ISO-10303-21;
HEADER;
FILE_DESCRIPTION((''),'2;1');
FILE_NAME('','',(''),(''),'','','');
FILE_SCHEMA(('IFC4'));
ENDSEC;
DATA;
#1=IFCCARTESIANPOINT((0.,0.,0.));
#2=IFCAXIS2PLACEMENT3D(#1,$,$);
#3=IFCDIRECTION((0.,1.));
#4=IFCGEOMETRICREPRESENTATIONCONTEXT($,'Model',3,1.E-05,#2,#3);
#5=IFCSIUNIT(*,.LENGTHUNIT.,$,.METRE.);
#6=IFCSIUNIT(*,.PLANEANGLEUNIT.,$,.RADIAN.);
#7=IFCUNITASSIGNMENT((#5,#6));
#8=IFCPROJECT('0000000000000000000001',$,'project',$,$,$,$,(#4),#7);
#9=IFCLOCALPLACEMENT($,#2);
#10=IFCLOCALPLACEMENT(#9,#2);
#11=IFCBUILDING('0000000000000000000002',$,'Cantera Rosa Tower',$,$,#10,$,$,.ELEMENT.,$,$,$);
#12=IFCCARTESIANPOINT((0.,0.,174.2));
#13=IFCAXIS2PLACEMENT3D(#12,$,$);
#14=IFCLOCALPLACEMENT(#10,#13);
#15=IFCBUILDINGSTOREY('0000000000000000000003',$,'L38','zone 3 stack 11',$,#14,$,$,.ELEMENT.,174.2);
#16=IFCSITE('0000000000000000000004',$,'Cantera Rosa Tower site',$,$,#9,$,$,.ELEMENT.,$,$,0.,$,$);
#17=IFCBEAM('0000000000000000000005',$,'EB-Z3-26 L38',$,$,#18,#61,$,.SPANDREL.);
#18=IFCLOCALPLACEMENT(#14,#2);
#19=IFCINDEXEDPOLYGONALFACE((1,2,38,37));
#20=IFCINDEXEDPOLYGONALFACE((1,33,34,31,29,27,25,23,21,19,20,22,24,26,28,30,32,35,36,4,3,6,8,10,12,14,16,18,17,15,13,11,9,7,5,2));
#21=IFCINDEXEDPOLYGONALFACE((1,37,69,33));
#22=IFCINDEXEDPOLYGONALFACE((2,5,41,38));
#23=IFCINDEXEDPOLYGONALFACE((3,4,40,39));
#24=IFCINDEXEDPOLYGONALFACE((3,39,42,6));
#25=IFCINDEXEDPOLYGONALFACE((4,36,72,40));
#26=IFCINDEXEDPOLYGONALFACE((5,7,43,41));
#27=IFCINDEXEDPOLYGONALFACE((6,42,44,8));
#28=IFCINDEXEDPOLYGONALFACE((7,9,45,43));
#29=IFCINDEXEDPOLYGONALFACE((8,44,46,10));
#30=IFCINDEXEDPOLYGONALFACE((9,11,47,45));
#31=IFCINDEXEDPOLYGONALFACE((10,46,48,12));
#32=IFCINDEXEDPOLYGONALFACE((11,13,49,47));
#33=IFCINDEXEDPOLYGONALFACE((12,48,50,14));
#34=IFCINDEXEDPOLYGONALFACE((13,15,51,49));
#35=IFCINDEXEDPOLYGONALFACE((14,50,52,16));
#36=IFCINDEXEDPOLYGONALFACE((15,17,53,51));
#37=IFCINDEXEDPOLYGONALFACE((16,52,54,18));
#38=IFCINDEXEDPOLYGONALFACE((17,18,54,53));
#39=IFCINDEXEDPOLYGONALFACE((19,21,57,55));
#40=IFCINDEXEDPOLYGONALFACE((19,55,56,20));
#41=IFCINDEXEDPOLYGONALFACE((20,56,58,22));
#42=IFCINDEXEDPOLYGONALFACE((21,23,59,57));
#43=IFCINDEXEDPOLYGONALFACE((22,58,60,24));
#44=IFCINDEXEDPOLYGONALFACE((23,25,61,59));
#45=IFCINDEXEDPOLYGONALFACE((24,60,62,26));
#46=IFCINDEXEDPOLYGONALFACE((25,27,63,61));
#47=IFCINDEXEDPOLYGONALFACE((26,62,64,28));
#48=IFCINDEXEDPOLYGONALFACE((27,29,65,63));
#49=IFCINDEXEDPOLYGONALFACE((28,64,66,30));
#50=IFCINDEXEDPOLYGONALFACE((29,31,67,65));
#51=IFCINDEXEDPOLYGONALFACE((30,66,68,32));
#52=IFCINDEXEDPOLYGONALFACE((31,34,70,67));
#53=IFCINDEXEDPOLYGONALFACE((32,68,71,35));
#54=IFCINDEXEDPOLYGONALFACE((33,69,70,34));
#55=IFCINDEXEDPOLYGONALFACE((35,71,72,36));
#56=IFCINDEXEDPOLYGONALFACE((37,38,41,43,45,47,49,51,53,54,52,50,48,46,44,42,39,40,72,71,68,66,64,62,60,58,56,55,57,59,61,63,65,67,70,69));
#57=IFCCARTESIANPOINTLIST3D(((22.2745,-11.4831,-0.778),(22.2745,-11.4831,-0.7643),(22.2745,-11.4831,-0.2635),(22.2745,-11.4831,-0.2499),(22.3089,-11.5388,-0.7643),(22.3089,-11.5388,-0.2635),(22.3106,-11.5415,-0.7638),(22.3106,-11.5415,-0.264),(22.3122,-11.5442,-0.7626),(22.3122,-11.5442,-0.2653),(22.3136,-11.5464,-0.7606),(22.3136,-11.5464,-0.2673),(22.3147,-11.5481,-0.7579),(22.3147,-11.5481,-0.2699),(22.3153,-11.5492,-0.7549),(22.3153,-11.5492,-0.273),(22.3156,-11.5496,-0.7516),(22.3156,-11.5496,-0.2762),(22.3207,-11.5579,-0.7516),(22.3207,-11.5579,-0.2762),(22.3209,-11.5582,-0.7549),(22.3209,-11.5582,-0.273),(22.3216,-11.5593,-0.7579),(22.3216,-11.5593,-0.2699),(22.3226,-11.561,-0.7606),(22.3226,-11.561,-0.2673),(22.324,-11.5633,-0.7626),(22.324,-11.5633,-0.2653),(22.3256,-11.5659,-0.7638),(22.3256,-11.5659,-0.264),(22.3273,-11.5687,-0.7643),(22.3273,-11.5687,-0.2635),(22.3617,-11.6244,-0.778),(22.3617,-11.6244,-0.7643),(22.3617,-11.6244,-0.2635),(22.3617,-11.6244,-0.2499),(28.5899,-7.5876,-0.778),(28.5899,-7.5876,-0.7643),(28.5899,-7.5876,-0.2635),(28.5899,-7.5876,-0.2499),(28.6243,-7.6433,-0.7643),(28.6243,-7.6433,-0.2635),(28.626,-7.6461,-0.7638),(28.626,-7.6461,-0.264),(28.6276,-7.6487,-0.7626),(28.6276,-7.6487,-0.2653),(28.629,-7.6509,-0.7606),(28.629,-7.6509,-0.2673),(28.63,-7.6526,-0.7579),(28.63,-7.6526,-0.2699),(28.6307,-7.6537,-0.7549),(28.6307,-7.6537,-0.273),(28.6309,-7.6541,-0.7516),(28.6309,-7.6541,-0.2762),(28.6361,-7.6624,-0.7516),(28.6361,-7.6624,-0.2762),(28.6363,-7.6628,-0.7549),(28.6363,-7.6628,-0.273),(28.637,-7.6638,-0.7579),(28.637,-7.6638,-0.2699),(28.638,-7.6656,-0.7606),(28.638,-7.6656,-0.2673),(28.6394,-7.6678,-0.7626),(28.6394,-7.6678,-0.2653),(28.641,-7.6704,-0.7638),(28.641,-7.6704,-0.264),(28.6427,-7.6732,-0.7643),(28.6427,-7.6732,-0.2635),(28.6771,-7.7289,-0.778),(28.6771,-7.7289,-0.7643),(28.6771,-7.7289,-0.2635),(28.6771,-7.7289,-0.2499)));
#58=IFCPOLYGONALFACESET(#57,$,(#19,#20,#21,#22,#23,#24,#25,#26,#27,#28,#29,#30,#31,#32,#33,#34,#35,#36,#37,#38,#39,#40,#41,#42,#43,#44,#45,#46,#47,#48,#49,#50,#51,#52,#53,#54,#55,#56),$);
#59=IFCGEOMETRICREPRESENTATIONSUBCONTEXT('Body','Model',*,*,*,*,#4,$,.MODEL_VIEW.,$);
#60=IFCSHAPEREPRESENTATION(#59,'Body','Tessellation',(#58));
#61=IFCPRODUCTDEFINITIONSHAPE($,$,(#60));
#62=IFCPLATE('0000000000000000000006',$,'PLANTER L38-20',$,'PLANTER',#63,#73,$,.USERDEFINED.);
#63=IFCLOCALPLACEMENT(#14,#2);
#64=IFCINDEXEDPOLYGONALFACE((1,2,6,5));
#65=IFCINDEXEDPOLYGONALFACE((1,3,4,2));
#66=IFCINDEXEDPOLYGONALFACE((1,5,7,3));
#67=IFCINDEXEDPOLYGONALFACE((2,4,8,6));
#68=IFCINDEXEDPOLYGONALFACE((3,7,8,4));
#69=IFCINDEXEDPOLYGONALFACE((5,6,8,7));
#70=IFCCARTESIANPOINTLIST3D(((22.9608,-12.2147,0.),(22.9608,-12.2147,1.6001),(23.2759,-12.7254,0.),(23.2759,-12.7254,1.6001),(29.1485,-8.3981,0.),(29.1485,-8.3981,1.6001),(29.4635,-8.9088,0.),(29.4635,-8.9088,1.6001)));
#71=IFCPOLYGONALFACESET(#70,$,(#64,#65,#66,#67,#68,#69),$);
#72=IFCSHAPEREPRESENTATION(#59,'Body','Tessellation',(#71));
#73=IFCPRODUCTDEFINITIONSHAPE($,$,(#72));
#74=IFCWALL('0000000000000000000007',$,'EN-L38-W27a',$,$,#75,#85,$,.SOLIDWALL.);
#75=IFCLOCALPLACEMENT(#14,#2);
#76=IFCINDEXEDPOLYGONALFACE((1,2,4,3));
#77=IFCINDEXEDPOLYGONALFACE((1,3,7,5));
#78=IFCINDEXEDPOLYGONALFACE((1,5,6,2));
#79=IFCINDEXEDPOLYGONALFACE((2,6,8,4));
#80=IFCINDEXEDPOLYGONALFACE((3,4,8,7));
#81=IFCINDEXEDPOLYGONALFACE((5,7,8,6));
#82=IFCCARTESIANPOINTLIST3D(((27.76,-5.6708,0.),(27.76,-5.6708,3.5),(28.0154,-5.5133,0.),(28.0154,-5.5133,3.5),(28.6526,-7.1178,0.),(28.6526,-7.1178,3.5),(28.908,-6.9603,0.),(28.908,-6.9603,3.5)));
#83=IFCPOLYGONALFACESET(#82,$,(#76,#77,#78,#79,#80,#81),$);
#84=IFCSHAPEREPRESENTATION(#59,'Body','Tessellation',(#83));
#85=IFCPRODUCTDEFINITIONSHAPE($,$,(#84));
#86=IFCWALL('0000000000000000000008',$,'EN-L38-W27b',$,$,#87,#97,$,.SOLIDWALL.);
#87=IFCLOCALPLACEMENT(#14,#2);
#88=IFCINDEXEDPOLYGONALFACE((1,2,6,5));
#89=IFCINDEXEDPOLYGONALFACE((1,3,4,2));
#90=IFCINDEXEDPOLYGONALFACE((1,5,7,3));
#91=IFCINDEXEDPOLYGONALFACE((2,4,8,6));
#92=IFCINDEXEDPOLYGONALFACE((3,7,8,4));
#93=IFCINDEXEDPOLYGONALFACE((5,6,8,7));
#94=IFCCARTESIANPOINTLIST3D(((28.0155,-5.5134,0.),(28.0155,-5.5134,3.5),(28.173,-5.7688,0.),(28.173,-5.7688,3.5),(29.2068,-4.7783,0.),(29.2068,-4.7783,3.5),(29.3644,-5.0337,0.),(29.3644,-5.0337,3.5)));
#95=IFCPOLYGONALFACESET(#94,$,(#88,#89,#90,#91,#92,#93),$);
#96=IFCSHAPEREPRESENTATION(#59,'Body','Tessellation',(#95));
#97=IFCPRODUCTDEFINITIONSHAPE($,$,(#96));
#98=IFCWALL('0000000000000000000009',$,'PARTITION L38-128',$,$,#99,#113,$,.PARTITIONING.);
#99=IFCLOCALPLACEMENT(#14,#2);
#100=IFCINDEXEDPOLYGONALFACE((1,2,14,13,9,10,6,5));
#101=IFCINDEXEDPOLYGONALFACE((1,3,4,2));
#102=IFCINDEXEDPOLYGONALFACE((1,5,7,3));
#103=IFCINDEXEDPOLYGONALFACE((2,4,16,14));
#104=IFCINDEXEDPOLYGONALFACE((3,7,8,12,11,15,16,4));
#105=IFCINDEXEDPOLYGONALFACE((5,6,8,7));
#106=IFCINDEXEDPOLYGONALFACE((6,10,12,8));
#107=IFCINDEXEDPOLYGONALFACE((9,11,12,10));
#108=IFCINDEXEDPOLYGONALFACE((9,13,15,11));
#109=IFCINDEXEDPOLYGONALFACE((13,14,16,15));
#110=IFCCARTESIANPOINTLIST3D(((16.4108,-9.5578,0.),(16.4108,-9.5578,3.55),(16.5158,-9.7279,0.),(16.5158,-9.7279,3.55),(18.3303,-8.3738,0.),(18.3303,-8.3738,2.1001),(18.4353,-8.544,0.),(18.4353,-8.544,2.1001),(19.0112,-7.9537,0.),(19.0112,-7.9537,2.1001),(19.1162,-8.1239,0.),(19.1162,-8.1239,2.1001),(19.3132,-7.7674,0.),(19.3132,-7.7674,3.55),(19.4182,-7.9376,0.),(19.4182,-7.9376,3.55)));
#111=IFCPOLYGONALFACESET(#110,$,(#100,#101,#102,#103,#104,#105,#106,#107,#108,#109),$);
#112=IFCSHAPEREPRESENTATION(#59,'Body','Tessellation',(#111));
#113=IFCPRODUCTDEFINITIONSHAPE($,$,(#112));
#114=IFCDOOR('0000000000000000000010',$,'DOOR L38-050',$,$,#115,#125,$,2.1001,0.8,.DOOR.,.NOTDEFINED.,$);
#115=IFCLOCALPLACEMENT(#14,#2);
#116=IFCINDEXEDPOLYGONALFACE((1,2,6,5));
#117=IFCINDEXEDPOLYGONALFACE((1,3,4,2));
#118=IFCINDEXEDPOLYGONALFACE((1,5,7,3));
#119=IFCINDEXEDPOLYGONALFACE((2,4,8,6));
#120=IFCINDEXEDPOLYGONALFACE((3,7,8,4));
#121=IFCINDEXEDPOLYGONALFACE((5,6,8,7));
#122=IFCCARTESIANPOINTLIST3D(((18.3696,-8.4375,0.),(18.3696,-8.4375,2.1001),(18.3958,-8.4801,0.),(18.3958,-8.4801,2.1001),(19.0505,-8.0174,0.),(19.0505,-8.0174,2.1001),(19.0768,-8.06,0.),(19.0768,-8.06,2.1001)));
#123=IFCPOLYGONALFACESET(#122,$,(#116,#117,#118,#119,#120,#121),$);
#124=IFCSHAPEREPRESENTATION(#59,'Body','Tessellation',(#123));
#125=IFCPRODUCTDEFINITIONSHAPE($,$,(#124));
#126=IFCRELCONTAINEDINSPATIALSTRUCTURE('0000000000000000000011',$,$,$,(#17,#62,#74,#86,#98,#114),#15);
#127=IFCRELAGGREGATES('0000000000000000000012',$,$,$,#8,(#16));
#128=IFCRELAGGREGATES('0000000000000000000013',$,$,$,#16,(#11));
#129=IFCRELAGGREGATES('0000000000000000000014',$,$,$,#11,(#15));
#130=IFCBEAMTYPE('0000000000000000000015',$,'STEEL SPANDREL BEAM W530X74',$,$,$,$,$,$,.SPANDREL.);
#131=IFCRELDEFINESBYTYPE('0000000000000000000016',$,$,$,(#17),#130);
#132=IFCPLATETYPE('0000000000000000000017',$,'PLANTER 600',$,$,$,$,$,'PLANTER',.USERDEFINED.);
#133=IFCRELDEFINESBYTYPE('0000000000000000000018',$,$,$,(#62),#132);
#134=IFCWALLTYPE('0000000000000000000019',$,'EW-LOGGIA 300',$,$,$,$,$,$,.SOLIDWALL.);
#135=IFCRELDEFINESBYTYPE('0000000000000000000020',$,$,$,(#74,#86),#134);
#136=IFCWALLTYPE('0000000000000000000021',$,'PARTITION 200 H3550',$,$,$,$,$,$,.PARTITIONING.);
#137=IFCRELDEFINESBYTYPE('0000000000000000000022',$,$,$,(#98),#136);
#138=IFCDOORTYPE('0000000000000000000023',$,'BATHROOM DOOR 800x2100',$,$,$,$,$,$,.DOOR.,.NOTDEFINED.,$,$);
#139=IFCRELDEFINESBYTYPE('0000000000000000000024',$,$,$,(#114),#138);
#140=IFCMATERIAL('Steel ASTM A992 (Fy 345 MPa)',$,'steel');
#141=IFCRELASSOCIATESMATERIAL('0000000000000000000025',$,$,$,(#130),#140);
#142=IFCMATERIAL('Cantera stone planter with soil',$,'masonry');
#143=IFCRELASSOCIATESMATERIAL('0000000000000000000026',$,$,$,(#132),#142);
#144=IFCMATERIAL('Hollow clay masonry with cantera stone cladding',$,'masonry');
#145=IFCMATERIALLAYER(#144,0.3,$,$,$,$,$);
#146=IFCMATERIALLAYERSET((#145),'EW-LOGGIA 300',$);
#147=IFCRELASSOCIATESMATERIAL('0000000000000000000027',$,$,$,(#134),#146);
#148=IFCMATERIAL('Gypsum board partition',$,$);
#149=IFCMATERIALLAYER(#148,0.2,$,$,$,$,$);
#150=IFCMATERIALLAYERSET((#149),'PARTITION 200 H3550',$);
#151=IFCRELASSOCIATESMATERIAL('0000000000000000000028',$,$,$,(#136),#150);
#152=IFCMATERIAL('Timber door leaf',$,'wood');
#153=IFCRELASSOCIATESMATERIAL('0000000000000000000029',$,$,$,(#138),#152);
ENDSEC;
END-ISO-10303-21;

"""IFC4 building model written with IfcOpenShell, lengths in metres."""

from ifc_helpers import new_model, si_unit, direction, frame, frame_2d, origin, origin_2d, place, context, subcontext, project, spatial, rectangle, i_section, extrude, material, layer, layer_set, material_profile, profile_set, type_object, element, fill, save


model = new_model("IFC4")

# Units and contexts
model_context = context("Model", 3, precision=1e-05, world=origin(), true_north=direction((0.0, 1.0)))
body_context = subcontext(model_context, "Body", "Model", "MODEL_VIEW")
ifc_project = project(units=[si_unit("LENGTHUNIT", "METRE"), si_unit("PLANEANGLEUNIT", "RADIAN")], contexts=[model_context])

# Site, building, storey
site_placement = place(None, origin())
site = spatial("IfcSite", under=ifc_project, at=site_placement, Name="Cantera Rosa Tower site", CompositionType="ELEMENT", RefElevation=0.0)
building_placement = place(site_placement, origin())
building = spatial("IfcBuilding", under=site, at=building_placement, Name="Cantera Rosa Tower", CompositionType="ELEMENT")
storey_placement = place(building_placement, frame((0.0, 0.0, 174.2)))
storey = spatial("IfcBuildingStorey", under=building, at=storey_placement, Name="L38", Description="zone 3 stack 11", CompositionType="ELEMENT", Elevation=174.2)

# Beam
ifc_material_1 = material(Name="Steel ASTM A992 (Fy 345 MPa)", Category="steel")
ifc_material_profile_1 = material_profile(ifc_material_1, i_section(OverallWidth=0.166, OverallDepth=0.5281, WebThickness=0.0098, FlangeThickness=0.0137, FilletRadius=0.0127, at=origin_2d()), Name="W530X74")
ifc_profile_set_1 = profile_set([ifc_material_profile_1], Name="Steel ASTM A992 (Fy 345 MPa)")
beam_type_1 = type_object("IfcBeamType", Name="STEEL SPANDREL BEAM W530X74", PredefinedType="SPANDREL", material=ifc_profile_set_1)
beam_1_placement = place(storey_placement, frame((22.3181, -11.5537, -0.5139), z_axis=(0.851111, 0.524986, 0.0), x_axis=(-0.524986, 0.851111, 0.0)))
element("IfcBeam", 1, at=beam_1_placement, inside=storey, type_object=beam_type_1, Name="EB-Z3-26 L38", PredefinedType="SPANDREL", context=body_context, shape_type="SweptSolid", body=[
    extrude(i_section(OverallWidth=0.166, OverallDepth=0.5281, WebThickness=0.0098, FlangeThickness=0.0137, FilletRadius=0.0127, at=origin_2d()), origin(), (0.0, 0.0, 1.0), 7.4202),
])

# Plate
ifc_material_2 = material(Name="Cantera stone planter with soil", Category="masonry")
plate_type = type_object("IfcPlateType", Name="PLANTER 600", ElementType="PLANTER", PredefinedType="USERDEFINED", material=ifc_material_2)
plate_placement = place(storey_placement, frame((26.2122, -10.5618, 0.0), z_axis=(0.0, 0.0, 1.0), x_axis=(0.851117, 0.524977, 0.0)))
element("IfcPlate", 2, at=plate_placement, inside=storey, type_object=plate_type, Name="PLANTER L38-20", ObjectType="PLANTER", PredefinedType="USERDEFINED", context=body_context, shape_type="SweptSolid", body=[
    extrude(rectangle(XDim=7.27, YDim=0.6001, at=origin_2d()), origin(), (0.0, 0.0, 1.0), 1.6001),
])

# Walls
ifc_material_3 = material(Name="Hollow clay masonry with cantera stone cladding", Category="masonry")
ifc_layer_1 = layer(ifc_material_3, 0.3)
ifc_layer_set_1 = layer_set([ifc_layer_1], Name="EW-LOGGIA 300")
wall_type_1 = type_object("IfcWallType", Name="EW-LOGGIA 300", PredefinedType="SOLIDWALL", material=ifc_layer_set_1)
wall_1_placement = place(storey_placement, frame((28.7803, -7.0391, 0.0), z_axis=(0.0, 0.0, 1.0), x_axis=(-0.524994, 0.851106, 0.0)))
element("IfcWall", 3, at=wall_1_placement, inside=storey, type_object=wall_type_1, Name="EN-L38-W27a", PredefinedType="SOLIDWALL", context=body_context, shape_type="SweptSolid", body=[
    extrude(rectangle(XDim=1.7002, YDim=0.3, at=frame_2d((0.8501, 0.0))), origin(), (0.0, 0.0, 1.0), 3.5),
])
wall_2_placement = place(storey_placement, frame((28.0942, -5.6411, 0.0), z_axis=(0.0, 0.0, 1.0), x_axis=(0.851041, 0.525099, 0.0)))
element("IfcWall", 4, at=wall_2_placement, inside=storey, type_object=wall_type_1, Name="EN-L38-W27b", PredefinedType="SOLIDWALL", context=body_context, shape_type="SweptSolid", body=[
    extrude(rectangle(XDim=1.3999, YDim=0.3, at=frame_2d((0.7, 0.0))), origin(), (0.0, 0.0, 1.0), 3.5),
])

# Wall, opening, door
ifc_material_4 = material(Name="Gypsum board partition")
ifc_layer_2 = layer(ifc_material_4, 0.2)
ifc_layer_set_2 = layer_set([ifc_layer_2], Name="PARTITION 200 H3550")
wall_type_2 = type_object("IfcWallType", Name="PARTITION 200 H3550", PredefinedType="PARTITIONING", material=ifc_layer_set_2)
wall_3_placement = place(storey_placement, frame((19.3657, -7.8525, 0.0), z_axis=(0.0, 0.0, 1.0), x_axis=(-0.851105, -0.524996, 0.0)))
wall_3 = element("IfcWall", 5, at=wall_3_placement, inside=storey, type_object=wall_type_2, Name="PARTITION L38-128", PredefinedType="PARTITIONING", context=body_context, shape_type="SweptSolid", body=[
    extrude(rectangle(XDim=3.4102, YDim=0.2, at=frame_2d((1.7051, 0.0))), origin(), (0.0, 0.0, 1.0), 3.55),
])
opening_1_placement = place(wall_3_placement, frame((0.355, 0.0, 0.0)))
opening_1 = element("IfcOpeningElement", 6, at=opening_1_placement, cuts=wall_3, PredefinedType="OPENING", context=body_context, shape_type="SweptSolid", body=[
    extrude(rectangle(XDim=0.8, YDim=2.1001, at=frame_2d((0.3999, 1.05))), frame((0.0, 0.1099, 0.0), z_axis=(0.0, -1.0, 0.0), x_axis=(1.0, 0.0, 0.0)), (0.0, 0.0, 1.0), 0.22),
])
ifc_material_5 = material(Name="Timber door leaf", Category="wood")
door_type_1 = type_object("IfcDoorType", Name="BATHROOM DOOR 800x2100", OperationType="NOTDEFINED", PredefinedType="DOOR", material=ifc_material_5)
door_1_placement = place(opening_1_placement, origin())
door_1 = element("IfcDoor", 7, at=door_1_placement, inside=storey, type_object=door_type_1, Name="DOOR L38-050", OperationType="NOTDEFINED", OverallHeight=2.1001, OverallWidth=0.8, PredefinedType="DOOR", context=body_context, shape_type="SweptSolid", body=[
    extrude(rectangle(XDim=0.8, YDim=2.1001, at=frame_2d((0.3999, 1.05))), frame((0.0, 0.0249, 0.0), z_axis=(0.0, -1.0, 0.0), x_axis=(1.0, 0.0, 0.0)), (0.0, 0.0, 1.0), 0.05),
])
fill(opening_1, door_1)

save(model, "model.ifc")
